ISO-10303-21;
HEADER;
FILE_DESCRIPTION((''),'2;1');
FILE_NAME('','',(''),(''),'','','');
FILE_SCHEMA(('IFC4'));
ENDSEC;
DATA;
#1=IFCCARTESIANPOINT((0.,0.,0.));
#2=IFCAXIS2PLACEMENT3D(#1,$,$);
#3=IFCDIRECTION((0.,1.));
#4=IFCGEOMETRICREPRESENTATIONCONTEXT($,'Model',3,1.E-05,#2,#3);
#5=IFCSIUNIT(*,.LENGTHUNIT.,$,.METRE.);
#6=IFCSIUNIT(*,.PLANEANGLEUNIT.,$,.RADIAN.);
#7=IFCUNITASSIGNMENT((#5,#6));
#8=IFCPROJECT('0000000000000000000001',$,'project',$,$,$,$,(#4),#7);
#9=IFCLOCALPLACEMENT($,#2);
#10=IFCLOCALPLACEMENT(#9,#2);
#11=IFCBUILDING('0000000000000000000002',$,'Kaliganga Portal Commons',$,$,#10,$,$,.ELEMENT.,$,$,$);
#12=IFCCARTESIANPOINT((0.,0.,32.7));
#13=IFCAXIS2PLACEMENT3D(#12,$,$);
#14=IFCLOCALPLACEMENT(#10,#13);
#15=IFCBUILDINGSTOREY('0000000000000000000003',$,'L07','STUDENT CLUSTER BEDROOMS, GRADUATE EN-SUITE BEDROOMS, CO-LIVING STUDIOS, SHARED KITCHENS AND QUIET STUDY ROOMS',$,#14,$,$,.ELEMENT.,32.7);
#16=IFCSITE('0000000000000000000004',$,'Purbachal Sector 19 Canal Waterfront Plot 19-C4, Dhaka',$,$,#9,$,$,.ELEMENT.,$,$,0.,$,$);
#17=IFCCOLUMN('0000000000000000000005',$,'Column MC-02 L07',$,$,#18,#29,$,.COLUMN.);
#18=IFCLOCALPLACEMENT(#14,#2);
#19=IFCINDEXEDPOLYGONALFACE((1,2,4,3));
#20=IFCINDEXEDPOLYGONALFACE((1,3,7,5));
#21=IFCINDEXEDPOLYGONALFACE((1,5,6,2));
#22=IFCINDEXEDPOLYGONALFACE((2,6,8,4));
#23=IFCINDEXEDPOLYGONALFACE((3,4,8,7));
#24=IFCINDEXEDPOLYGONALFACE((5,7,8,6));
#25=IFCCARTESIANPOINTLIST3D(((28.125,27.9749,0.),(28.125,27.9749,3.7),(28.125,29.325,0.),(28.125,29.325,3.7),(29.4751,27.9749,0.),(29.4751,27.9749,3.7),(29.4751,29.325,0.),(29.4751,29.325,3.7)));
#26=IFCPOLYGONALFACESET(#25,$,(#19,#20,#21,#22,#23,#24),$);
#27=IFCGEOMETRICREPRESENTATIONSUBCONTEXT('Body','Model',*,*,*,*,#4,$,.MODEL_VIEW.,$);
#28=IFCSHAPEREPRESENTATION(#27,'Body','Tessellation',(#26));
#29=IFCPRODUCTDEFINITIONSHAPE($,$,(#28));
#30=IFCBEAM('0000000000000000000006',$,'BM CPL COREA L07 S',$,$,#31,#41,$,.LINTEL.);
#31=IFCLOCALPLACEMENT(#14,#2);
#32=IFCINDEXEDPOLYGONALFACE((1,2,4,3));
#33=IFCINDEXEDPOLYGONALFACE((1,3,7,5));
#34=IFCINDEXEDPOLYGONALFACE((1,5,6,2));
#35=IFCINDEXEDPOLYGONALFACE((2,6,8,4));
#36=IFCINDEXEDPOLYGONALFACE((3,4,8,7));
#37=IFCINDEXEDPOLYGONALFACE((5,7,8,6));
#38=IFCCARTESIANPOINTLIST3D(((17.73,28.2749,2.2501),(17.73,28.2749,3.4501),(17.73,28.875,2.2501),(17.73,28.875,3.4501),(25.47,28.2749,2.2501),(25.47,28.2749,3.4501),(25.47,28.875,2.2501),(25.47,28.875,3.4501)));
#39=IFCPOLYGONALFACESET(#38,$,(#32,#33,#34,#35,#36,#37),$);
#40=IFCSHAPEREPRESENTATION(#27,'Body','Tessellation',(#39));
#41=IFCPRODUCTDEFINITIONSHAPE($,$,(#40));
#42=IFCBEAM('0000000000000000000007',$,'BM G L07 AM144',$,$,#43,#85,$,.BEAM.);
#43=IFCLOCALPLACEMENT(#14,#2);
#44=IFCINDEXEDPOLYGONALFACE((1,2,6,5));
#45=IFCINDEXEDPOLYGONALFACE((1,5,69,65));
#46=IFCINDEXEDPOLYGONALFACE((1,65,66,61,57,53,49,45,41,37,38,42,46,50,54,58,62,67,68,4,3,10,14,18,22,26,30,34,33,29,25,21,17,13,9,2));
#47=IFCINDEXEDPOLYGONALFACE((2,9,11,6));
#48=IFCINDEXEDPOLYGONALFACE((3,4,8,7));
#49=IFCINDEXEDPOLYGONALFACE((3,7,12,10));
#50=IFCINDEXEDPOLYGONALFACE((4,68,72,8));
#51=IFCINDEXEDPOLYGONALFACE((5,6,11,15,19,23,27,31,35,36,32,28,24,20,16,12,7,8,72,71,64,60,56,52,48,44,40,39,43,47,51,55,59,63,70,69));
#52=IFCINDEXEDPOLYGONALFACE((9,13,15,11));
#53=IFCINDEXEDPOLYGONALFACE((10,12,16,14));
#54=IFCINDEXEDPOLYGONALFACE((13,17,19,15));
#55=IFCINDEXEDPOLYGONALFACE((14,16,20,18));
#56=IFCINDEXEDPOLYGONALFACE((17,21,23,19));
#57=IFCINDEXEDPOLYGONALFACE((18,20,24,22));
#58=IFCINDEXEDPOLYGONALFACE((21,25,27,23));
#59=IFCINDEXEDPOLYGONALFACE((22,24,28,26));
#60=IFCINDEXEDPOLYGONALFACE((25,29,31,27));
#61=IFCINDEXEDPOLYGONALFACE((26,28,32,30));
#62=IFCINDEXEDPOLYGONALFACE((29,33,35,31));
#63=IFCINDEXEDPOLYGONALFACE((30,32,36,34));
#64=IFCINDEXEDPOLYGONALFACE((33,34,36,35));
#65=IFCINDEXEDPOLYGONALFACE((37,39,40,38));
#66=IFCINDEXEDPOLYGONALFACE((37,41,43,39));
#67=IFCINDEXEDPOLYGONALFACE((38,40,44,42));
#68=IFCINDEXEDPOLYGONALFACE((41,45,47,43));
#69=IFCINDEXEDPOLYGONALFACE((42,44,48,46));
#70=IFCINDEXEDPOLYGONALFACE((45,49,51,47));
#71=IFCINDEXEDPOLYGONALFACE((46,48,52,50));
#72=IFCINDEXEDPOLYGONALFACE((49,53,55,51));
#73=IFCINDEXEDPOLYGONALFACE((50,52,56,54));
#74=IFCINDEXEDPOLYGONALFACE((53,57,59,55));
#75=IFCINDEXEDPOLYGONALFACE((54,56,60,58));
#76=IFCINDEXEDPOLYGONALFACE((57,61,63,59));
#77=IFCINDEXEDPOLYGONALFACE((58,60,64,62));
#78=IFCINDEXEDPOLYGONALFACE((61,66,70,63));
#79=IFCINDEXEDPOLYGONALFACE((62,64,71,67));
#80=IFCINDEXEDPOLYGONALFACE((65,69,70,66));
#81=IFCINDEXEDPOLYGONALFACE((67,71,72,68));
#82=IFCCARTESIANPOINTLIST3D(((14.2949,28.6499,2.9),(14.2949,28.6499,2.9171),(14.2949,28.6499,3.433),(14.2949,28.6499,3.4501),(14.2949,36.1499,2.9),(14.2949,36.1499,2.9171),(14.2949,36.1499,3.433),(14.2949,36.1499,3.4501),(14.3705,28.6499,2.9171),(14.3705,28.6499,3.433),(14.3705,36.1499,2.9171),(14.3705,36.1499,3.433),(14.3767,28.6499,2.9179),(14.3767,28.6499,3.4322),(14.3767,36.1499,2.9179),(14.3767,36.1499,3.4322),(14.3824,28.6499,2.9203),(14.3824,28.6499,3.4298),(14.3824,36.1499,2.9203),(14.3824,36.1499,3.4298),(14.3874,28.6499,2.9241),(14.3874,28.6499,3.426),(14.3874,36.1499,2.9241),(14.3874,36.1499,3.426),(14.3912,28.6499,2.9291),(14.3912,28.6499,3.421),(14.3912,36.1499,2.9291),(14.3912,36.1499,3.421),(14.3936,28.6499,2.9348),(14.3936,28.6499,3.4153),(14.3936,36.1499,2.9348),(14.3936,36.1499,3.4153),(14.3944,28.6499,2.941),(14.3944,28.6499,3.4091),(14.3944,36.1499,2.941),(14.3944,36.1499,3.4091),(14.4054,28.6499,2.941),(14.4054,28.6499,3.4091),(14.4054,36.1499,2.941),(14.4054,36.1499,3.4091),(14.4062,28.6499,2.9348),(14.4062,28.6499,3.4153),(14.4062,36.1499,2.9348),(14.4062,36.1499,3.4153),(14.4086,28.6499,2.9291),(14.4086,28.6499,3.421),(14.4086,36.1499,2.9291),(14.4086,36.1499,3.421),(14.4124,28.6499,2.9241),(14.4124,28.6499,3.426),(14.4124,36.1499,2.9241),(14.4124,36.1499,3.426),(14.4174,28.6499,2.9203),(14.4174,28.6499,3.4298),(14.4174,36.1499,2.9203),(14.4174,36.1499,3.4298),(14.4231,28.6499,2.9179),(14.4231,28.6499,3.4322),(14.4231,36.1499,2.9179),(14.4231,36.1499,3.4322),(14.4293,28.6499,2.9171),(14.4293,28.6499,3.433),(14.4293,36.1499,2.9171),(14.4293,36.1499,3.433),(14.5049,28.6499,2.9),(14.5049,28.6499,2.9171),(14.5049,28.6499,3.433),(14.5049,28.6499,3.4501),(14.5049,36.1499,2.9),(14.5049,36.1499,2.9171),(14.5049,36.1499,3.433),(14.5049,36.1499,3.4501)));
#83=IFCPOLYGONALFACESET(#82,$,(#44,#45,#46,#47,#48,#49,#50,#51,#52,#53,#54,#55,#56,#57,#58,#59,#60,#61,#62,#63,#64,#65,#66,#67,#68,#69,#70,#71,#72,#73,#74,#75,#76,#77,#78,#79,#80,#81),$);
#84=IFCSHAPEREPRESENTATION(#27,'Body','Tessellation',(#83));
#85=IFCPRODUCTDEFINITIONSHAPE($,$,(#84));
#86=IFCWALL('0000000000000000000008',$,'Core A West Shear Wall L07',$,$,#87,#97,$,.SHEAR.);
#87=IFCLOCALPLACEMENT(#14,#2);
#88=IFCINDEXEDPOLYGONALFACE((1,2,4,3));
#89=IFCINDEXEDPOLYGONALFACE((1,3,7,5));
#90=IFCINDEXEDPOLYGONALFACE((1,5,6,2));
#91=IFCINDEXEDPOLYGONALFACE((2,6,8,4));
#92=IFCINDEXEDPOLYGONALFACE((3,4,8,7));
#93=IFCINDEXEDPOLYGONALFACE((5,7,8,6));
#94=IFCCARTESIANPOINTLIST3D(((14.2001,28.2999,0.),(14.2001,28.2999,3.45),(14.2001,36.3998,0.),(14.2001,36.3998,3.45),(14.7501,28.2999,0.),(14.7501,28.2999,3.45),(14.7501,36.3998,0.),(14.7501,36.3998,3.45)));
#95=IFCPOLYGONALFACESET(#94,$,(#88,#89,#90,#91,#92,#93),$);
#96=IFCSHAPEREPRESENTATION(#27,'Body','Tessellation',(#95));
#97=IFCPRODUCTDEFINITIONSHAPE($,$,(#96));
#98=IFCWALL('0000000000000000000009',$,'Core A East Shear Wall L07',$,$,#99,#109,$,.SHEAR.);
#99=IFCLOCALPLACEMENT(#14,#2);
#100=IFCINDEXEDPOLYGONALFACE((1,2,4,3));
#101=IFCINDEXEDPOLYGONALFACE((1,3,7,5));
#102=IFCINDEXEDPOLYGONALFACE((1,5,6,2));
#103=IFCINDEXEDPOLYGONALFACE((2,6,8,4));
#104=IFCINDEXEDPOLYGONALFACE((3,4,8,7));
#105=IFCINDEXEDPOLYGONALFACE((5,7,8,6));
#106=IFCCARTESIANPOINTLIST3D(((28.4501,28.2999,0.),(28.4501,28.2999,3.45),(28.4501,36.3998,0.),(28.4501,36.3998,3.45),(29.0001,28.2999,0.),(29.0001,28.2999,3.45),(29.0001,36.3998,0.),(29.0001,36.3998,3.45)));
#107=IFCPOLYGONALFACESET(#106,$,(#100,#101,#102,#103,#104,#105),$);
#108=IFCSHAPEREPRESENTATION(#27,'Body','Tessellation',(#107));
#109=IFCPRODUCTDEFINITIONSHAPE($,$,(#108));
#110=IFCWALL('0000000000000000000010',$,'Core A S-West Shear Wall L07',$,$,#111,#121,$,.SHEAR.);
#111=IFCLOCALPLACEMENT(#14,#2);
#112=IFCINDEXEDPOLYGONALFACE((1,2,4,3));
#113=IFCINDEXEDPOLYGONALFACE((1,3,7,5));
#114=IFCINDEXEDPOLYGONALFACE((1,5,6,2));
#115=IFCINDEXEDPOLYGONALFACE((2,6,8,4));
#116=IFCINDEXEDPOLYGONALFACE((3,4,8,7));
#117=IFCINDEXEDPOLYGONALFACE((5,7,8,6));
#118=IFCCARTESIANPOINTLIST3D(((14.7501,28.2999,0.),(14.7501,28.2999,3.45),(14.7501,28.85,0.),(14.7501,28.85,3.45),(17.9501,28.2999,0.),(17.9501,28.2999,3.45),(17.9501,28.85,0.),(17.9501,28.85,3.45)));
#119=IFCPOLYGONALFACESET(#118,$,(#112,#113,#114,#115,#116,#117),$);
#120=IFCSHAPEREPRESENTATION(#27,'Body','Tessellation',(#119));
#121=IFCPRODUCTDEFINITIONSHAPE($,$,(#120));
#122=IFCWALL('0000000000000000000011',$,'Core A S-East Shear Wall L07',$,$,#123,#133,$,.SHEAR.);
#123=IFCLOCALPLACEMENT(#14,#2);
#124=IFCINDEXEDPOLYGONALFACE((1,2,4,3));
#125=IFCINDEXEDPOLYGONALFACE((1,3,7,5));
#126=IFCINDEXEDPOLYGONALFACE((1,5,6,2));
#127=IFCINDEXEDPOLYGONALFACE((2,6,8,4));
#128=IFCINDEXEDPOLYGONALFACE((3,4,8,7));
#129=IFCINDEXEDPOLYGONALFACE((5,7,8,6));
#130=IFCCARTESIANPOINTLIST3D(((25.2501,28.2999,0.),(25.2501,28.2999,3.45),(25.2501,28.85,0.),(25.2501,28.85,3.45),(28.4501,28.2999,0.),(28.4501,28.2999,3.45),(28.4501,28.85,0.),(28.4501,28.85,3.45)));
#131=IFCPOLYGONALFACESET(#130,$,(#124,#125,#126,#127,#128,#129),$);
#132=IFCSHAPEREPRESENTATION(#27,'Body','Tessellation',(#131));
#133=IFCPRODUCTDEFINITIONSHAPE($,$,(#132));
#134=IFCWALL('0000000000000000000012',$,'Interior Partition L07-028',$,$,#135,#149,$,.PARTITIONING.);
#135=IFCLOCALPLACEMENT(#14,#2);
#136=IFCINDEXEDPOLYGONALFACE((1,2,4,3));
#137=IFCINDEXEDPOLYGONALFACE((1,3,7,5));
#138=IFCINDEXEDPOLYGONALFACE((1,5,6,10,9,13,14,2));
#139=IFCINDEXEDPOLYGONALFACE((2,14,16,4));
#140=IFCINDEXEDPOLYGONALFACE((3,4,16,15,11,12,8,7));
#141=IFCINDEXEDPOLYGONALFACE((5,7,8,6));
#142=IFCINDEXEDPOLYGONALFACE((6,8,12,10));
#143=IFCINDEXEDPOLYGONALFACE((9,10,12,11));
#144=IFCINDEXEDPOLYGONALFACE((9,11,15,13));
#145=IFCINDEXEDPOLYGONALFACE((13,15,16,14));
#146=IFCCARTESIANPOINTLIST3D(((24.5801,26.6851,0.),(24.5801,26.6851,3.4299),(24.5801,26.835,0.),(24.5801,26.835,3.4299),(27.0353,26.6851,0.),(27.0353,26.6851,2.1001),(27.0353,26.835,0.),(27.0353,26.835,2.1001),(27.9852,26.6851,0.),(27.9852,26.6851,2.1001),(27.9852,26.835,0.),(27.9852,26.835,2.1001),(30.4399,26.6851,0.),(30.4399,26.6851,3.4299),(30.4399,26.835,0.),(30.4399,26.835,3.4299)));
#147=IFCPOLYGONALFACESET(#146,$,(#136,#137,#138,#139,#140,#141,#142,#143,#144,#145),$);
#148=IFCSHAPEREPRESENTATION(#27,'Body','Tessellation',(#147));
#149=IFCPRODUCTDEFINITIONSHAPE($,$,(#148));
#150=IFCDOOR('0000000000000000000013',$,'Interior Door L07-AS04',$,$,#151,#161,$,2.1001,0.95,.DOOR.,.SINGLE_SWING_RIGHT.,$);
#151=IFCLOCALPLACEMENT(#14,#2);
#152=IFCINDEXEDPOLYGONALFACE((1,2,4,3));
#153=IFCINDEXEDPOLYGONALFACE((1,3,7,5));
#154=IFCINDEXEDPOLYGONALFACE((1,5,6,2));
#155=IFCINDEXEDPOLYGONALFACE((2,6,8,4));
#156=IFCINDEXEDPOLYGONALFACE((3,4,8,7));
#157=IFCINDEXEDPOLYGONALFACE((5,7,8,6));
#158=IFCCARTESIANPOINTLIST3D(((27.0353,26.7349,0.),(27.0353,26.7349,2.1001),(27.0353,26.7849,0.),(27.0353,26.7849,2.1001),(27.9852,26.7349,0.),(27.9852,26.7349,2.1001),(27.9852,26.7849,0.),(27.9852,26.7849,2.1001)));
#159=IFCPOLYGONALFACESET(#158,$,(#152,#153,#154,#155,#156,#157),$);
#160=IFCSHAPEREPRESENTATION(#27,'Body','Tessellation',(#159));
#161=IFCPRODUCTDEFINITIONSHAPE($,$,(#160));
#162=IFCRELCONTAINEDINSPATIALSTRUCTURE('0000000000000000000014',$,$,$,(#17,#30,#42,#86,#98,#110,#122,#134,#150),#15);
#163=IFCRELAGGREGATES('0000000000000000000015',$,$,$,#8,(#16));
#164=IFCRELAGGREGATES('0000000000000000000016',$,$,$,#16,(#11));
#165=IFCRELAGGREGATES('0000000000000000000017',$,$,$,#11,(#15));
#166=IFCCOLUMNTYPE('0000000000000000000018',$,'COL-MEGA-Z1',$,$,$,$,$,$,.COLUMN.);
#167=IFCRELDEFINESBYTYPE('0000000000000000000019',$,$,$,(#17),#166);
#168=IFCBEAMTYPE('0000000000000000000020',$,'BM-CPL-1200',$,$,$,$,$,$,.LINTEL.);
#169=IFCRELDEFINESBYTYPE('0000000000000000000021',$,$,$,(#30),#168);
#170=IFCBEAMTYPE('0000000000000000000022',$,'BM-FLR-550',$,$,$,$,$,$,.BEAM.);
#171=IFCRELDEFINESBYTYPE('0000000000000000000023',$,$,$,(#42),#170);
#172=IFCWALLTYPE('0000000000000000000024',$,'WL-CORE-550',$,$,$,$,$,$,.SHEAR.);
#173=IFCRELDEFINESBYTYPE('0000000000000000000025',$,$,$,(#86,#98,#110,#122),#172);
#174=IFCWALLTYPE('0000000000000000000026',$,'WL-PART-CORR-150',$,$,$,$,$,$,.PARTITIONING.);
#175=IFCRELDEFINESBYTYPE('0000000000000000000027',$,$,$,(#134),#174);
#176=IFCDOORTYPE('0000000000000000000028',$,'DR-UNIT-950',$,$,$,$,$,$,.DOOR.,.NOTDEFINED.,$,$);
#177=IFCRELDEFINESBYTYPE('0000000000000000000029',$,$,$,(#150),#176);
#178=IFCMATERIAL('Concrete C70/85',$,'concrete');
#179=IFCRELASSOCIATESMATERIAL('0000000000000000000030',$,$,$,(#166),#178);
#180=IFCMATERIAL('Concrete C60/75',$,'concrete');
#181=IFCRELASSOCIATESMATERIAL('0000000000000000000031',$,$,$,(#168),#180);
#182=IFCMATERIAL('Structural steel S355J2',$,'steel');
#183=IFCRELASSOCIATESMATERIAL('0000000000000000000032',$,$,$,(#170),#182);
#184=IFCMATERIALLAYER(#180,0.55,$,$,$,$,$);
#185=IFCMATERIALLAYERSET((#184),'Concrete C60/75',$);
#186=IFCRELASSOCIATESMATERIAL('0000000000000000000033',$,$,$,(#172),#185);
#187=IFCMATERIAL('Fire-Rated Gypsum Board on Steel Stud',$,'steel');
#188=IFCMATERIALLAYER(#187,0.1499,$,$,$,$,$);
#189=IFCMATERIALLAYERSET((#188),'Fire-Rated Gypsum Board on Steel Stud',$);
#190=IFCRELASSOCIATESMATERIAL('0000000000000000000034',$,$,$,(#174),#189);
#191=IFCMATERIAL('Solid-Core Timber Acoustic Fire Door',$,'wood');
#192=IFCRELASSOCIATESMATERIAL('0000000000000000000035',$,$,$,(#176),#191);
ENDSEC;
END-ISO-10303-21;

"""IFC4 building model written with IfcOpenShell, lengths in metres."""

from ifc_helpers import new_model, si_unit, direction, frame, frame_2d, origin, origin_2d, place, context, subcontext, project, spatial, rectangle, i_section, extrude, source, transform, mapped, material, layer, layer_set, material_profile, profile_set, type_object, element, fill, save


model = new_model("IFC4")

# Units and contexts
model_context = context("Model", 3, precision=1e-05, world=origin(), true_north=direction((0.0, 1.0)))
body_context = subcontext(model_context, "Body", "Model", "MODEL_VIEW")
ifc_project = project(units=[si_unit("LENGTHUNIT", "METRE"), si_unit("PLANEANGLEUNIT", "RADIAN")], contexts=[model_context])

# Site, building, storey
site_placement = place(None, origin())
site = spatial("IfcSite", under=ifc_project, at=site_placement, Name="Purbachal Sector 19 Canal Waterfront Plot 19-C4, Dhaka", CompositionType="ELEMENT", RefElevation=0.0)
building_placement = place(site_placement, origin())
building = spatial("IfcBuilding", under=site, at=building_placement, Name="Kaliganga Portal Commons", CompositionType="ELEMENT")
storey_placement = place(building_placement, frame((0.0, 0.0, 32.7)))
storey = spatial("IfcBuildingStorey", under=building, at=storey_placement, Name="L07", Description="STUDENT CLUSTER BEDROOMS, GRADUATE EN-SUITE BEDROOMS, CO-LIVING STUDIOS, SHARED KITCHENS AND QUIET STUDY ROOMS", CompositionType="ELEMENT", Elevation=32.7)

# Column
ifc_material_1 = material(Name="Concrete C70/85", Category="concrete")
ifc_material_profile_1 = material_profile(ifc_material_1, rectangle(XDim=1.3501, YDim=1.3501, at=origin_2d()), Name="RC 1350x1350")
ifc_profile_set_1 = profile_set([ifc_material_profile_1], Name="Concrete C70/85")
column_type = type_object("IfcColumnType", Name="COL-MEGA-Z1", PredefinedType="COLUMN", material=ifc_profile_set_1)
shared_shape_1 = source(origin(), body_context, "Body", "SweptSolid", [
    extrude(rectangle(XDim=1.3501, YDim=1.3501, at=origin_2d()), origin(), (0.0, 0.0, 1.0), 3.7),
])
column_placement = place(storey_placement, frame((28.8, 28.6499, 0.0), z_axis=(0.0, 0.0, 1.0), x_axis=(1.0, 0.0, 0.0)))
element("IfcColumn", 1, at=column_placement, inside=storey, type_object=column_type, Name="Column MC-02 L07", PredefinedType="COLUMN", context=body_context, shape_type="MappedRepresentation", body=[
    mapped(shared_shape_1, transform((0.0, 0.0, 0.0), x_axis=(1.0, 0.0, 0.0), y_axis=(0.0, 1.0, 0.0), z_axis=(0.0, 0.0, 1.0), scale=1.0)),
])

# Beams
ifc_material_2 = material(Name="Concrete C60/75", Category="concrete")
ifc_material_profile_2 = material_profile(ifc_material_2, rectangle(XDim=0.6001, YDim=1.2, at=origin_2d()), Name="RC 600x1200")
ifc_profile_set_2 = profile_set([ifc_material_profile_2], Name="Concrete C60/75")
beam_type_1 = type_object("IfcBeamType", Name="BM-CPL-1200", PredefinedType="LINTEL", material=ifc_profile_set_2)
shared_shape_2 = source(origin(), body_context, "Body", "SweptSolid", [
    extrude(rectangle(XDim=0.6001, YDim=1.2, at=origin_2d()), origin(), (0.0, 0.0, 1.0), 7.74),
])
beam_1_placement = place(storey_placement, frame((17.73, 28.575, 2.8501), z_axis=(1.0, 0.0, 0.0), x_axis=(0.0, 1.0, 0.0)))
element("IfcBeam", 2, at=beam_1_placement, inside=storey, type_object=beam_type_1, Name="BM CPL COREA L07 S", PredefinedType="LINTEL", context=body_context, shape_type="MappedRepresentation", body=[
    mapped(shared_shape_2, transform((0.0, 0.0, 0.0), x_axis=(1.0, 0.0, 0.0), y_axis=(0.0, 1.0, 0.0), z_axis=(0.0, 0.0, 1.0), scale=1.0)),
])
ifc_material_3 = material(Name="Structural steel S355J2", Category="steel")
ifc_material_profile_3 = material_profile(ifc_material_3, i_section(OverallWidth=0.21, OverallDepth=0.55, WebThickness=0.011, FlangeThickness=0.0171, FilletRadius=0.0239, at=origin_2d()), Name="IPE 550")
ifc_profile_set_3 = profile_set([ifc_material_profile_3], Name="Structural steel S355J2 wide-flange")
beam_type_2 = type_object("IfcBeamType", Name="BM-FLR-550", PredefinedType="BEAM", material=ifc_profile_set_3)
shared_shape_3 = source(origin(), body_context, "Body", "SweptSolid", [
    extrude(i_section(OverallWidth=0.21, OverallDepth=0.55, WebThickness=0.011, FlangeThickness=0.0171, FilletRadius=0.0239, at=origin_2d()), origin(), (0.0, 0.0, 1.0), 7.5),
])
beam_2_placement = place(storey_placement, frame((14.3999, 28.6499, 3.175), z_axis=(0.0, 1.0, 0.0), x_axis=(-1.0, 0.0, 0.0)))
element("IfcBeam", 3, at=beam_2_placement, inside=storey, type_object=beam_type_2, Name="BM G L07 AM144", PredefinedType="BEAM", context=body_context, shape_type="MappedRepresentation", body=[
    mapped(shared_shape_3, transform((0.0, 0.0, 0.0), x_axis=(1.0, 0.0, 0.0), y_axis=(0.0, 1.0, 0.0), z_axis=(0.0, 0.0, 1.0), scale=1.0)),
])

# Walls
ifc_layer_1 = layer(ifc_material_2, 0.55)
ifc_layer_set_1 = layer_set([ifc_layer_1], Name="Concrete C60/75")
wall_type_1 = type_object("IfcWallType", Name="WL-CORE-550", PredefinedType="SHEAR", material=ifc_layer_set_1)
for number, where, z_axis, x_axis, name in (
    (4, (14.4751, 28.3, 0.0), (0.0, 0.0, 1.0), (0.0, 1.0, 0.0), "Core A West Shear Wall L07"),
    (5, (28.7251, 28.3, 0.0), (0.0, 0.0, 1.0), (0.0, 1.0, 0.0), "Core A East Shear Wall L07"),
):
    element("IfcWall", number, at=place(storey_placement, frame(where, z_axis=z_axis, x_axis=x_axis)), inside=storey, type_object=wall_type_1, Name=name, PredefinedType="SHEAR", context=body_context, shape_type="SweptSolid", body=[
        extrude(rectangle(XDim=8.0999, YDim=0.55, at=frame_2d((4.0498, 0.0))), origin(), (0.0, 0.0, 1.0), 3.45),
    ])
for number, where, z_axis, x_axis, name in (
    (6, (14.75, 28.575, 0.0), (0.0, 0.0, 1.0), (1.0, 0.0, 0.0), "Core A S-West Shear Wall L07"),
    (7, (25.25, 28.575, 0.0), (0.0, 0.0, 1.0), (1.0, 0.0, 0.0), "Core A S-East Shear Wall L07"),
):
    element("IfcWall", number, at=place(storey_placement, frame(where, z_axis=z_axis, x_axis=x_axis)), inside=storey, type_object=wall_type_1, Name=name, PredefinedType="SHEAR", context=body_context, shape_type="SweptSolid", body=[
        extrude(rectangle(XDim=3.2, YDim=0.55, at=frame_2d((1.6001, 0.0))), origin(), (0.0, 0.0, 1.0), 3.45),
    ])

# Wall, opening, door
ifc_material_4 = material(Name="Fire-Rated Gypsum Board on Steel Stud", Category="steel")
ifc_layer_2 = layer(ifc_material_4, 0.1499)
ifc_layer_set_2 = layer_set([ifc_layer_2], Name="Fire-Rated Gypsum Board on Steel Stud")
wall_type_2 = type_object("IfcWallType", Name="WL-PART-CORR-150", PredefinedType="PARTITIONING", material=ifc_layer_set_2)
wall_1_placement = place(storey_placement, frame((24.5801, 26.76, 0.0), z_axis=(0.0, 0.0, 1.0), x_axis=(1.0, 0.0, 0.0)))
wall_1 = element("IfcWall", 8, at=wall_1_placement, inside=storey, type_object=wall_type_2, Name="Interior Partition L07-028", PredefinedType="PARTITIONING", context=body_context, shape_type="SweptSolid", body=[
    extrude(rectangle(XDim=5.8599, YDim=0.1499, at=frame_2d((2.9299, 0.0))), origin(), (0.0, 0.0, 1.0), 3.4299),
])
opening_1_placement = place(wall_1_placement, frame((2.4551, 0.0, 0.0)))
opening_1 = element("IfcOpeningElement", 9, at=opening_1_placement, cuts=wall_1, PredefinedType="OPENING", context=body_context, shape_type="SweptSolid", body=[
    extrude(rectangle(XDim=0.95, YDim=2.1001, at=frame_2d((0.4751, 1.05))), frame((0.0, 0.085, 0.0), z_axis=(0.0, -1.0, 0.0), x_axis=(1.0, 0.0, 0.0)), (0.0, 0.0, 1.0), 0.1699),
])
ifc_material_5 = material(Name="Solid-Core Timber Acoustic Fire Door", Category="wood")
door_type_1 = type_object("IfcDoorType", Name="DR-UNIT-950", OperationType="NOTDEFINED", PredefinedType="DOOR", material=ifc_material_5)
door_1_placement = place(opening_1_placement, origin())
door_1 = element("IfcDoor", 10, at=door_1_placement, inside=storey, type_object=door_type_1, Name="Interior Door L07-AS04", OperationType="SINGLE_SWING_RIGHT", OverallHeight=2.1001, OverallWidth=0.95, PredefinedType="DOOR", context=body_context, shape_type="SweptSolid", body=[
    extrude(rectangle(XDim=0.95, YDim=2.1001, at=frame_2d((0.4751, 1.05))), frame((0.0, 0.0249, 0.0), z_axis=(0.0, -1.0, 0.0), x_axis=(1.0, 0.0, 0.0)), (0.0, 0.0, 1.0), 0.05),
])
fill(opening_1, door_1)

save(model, "model.ifc")
